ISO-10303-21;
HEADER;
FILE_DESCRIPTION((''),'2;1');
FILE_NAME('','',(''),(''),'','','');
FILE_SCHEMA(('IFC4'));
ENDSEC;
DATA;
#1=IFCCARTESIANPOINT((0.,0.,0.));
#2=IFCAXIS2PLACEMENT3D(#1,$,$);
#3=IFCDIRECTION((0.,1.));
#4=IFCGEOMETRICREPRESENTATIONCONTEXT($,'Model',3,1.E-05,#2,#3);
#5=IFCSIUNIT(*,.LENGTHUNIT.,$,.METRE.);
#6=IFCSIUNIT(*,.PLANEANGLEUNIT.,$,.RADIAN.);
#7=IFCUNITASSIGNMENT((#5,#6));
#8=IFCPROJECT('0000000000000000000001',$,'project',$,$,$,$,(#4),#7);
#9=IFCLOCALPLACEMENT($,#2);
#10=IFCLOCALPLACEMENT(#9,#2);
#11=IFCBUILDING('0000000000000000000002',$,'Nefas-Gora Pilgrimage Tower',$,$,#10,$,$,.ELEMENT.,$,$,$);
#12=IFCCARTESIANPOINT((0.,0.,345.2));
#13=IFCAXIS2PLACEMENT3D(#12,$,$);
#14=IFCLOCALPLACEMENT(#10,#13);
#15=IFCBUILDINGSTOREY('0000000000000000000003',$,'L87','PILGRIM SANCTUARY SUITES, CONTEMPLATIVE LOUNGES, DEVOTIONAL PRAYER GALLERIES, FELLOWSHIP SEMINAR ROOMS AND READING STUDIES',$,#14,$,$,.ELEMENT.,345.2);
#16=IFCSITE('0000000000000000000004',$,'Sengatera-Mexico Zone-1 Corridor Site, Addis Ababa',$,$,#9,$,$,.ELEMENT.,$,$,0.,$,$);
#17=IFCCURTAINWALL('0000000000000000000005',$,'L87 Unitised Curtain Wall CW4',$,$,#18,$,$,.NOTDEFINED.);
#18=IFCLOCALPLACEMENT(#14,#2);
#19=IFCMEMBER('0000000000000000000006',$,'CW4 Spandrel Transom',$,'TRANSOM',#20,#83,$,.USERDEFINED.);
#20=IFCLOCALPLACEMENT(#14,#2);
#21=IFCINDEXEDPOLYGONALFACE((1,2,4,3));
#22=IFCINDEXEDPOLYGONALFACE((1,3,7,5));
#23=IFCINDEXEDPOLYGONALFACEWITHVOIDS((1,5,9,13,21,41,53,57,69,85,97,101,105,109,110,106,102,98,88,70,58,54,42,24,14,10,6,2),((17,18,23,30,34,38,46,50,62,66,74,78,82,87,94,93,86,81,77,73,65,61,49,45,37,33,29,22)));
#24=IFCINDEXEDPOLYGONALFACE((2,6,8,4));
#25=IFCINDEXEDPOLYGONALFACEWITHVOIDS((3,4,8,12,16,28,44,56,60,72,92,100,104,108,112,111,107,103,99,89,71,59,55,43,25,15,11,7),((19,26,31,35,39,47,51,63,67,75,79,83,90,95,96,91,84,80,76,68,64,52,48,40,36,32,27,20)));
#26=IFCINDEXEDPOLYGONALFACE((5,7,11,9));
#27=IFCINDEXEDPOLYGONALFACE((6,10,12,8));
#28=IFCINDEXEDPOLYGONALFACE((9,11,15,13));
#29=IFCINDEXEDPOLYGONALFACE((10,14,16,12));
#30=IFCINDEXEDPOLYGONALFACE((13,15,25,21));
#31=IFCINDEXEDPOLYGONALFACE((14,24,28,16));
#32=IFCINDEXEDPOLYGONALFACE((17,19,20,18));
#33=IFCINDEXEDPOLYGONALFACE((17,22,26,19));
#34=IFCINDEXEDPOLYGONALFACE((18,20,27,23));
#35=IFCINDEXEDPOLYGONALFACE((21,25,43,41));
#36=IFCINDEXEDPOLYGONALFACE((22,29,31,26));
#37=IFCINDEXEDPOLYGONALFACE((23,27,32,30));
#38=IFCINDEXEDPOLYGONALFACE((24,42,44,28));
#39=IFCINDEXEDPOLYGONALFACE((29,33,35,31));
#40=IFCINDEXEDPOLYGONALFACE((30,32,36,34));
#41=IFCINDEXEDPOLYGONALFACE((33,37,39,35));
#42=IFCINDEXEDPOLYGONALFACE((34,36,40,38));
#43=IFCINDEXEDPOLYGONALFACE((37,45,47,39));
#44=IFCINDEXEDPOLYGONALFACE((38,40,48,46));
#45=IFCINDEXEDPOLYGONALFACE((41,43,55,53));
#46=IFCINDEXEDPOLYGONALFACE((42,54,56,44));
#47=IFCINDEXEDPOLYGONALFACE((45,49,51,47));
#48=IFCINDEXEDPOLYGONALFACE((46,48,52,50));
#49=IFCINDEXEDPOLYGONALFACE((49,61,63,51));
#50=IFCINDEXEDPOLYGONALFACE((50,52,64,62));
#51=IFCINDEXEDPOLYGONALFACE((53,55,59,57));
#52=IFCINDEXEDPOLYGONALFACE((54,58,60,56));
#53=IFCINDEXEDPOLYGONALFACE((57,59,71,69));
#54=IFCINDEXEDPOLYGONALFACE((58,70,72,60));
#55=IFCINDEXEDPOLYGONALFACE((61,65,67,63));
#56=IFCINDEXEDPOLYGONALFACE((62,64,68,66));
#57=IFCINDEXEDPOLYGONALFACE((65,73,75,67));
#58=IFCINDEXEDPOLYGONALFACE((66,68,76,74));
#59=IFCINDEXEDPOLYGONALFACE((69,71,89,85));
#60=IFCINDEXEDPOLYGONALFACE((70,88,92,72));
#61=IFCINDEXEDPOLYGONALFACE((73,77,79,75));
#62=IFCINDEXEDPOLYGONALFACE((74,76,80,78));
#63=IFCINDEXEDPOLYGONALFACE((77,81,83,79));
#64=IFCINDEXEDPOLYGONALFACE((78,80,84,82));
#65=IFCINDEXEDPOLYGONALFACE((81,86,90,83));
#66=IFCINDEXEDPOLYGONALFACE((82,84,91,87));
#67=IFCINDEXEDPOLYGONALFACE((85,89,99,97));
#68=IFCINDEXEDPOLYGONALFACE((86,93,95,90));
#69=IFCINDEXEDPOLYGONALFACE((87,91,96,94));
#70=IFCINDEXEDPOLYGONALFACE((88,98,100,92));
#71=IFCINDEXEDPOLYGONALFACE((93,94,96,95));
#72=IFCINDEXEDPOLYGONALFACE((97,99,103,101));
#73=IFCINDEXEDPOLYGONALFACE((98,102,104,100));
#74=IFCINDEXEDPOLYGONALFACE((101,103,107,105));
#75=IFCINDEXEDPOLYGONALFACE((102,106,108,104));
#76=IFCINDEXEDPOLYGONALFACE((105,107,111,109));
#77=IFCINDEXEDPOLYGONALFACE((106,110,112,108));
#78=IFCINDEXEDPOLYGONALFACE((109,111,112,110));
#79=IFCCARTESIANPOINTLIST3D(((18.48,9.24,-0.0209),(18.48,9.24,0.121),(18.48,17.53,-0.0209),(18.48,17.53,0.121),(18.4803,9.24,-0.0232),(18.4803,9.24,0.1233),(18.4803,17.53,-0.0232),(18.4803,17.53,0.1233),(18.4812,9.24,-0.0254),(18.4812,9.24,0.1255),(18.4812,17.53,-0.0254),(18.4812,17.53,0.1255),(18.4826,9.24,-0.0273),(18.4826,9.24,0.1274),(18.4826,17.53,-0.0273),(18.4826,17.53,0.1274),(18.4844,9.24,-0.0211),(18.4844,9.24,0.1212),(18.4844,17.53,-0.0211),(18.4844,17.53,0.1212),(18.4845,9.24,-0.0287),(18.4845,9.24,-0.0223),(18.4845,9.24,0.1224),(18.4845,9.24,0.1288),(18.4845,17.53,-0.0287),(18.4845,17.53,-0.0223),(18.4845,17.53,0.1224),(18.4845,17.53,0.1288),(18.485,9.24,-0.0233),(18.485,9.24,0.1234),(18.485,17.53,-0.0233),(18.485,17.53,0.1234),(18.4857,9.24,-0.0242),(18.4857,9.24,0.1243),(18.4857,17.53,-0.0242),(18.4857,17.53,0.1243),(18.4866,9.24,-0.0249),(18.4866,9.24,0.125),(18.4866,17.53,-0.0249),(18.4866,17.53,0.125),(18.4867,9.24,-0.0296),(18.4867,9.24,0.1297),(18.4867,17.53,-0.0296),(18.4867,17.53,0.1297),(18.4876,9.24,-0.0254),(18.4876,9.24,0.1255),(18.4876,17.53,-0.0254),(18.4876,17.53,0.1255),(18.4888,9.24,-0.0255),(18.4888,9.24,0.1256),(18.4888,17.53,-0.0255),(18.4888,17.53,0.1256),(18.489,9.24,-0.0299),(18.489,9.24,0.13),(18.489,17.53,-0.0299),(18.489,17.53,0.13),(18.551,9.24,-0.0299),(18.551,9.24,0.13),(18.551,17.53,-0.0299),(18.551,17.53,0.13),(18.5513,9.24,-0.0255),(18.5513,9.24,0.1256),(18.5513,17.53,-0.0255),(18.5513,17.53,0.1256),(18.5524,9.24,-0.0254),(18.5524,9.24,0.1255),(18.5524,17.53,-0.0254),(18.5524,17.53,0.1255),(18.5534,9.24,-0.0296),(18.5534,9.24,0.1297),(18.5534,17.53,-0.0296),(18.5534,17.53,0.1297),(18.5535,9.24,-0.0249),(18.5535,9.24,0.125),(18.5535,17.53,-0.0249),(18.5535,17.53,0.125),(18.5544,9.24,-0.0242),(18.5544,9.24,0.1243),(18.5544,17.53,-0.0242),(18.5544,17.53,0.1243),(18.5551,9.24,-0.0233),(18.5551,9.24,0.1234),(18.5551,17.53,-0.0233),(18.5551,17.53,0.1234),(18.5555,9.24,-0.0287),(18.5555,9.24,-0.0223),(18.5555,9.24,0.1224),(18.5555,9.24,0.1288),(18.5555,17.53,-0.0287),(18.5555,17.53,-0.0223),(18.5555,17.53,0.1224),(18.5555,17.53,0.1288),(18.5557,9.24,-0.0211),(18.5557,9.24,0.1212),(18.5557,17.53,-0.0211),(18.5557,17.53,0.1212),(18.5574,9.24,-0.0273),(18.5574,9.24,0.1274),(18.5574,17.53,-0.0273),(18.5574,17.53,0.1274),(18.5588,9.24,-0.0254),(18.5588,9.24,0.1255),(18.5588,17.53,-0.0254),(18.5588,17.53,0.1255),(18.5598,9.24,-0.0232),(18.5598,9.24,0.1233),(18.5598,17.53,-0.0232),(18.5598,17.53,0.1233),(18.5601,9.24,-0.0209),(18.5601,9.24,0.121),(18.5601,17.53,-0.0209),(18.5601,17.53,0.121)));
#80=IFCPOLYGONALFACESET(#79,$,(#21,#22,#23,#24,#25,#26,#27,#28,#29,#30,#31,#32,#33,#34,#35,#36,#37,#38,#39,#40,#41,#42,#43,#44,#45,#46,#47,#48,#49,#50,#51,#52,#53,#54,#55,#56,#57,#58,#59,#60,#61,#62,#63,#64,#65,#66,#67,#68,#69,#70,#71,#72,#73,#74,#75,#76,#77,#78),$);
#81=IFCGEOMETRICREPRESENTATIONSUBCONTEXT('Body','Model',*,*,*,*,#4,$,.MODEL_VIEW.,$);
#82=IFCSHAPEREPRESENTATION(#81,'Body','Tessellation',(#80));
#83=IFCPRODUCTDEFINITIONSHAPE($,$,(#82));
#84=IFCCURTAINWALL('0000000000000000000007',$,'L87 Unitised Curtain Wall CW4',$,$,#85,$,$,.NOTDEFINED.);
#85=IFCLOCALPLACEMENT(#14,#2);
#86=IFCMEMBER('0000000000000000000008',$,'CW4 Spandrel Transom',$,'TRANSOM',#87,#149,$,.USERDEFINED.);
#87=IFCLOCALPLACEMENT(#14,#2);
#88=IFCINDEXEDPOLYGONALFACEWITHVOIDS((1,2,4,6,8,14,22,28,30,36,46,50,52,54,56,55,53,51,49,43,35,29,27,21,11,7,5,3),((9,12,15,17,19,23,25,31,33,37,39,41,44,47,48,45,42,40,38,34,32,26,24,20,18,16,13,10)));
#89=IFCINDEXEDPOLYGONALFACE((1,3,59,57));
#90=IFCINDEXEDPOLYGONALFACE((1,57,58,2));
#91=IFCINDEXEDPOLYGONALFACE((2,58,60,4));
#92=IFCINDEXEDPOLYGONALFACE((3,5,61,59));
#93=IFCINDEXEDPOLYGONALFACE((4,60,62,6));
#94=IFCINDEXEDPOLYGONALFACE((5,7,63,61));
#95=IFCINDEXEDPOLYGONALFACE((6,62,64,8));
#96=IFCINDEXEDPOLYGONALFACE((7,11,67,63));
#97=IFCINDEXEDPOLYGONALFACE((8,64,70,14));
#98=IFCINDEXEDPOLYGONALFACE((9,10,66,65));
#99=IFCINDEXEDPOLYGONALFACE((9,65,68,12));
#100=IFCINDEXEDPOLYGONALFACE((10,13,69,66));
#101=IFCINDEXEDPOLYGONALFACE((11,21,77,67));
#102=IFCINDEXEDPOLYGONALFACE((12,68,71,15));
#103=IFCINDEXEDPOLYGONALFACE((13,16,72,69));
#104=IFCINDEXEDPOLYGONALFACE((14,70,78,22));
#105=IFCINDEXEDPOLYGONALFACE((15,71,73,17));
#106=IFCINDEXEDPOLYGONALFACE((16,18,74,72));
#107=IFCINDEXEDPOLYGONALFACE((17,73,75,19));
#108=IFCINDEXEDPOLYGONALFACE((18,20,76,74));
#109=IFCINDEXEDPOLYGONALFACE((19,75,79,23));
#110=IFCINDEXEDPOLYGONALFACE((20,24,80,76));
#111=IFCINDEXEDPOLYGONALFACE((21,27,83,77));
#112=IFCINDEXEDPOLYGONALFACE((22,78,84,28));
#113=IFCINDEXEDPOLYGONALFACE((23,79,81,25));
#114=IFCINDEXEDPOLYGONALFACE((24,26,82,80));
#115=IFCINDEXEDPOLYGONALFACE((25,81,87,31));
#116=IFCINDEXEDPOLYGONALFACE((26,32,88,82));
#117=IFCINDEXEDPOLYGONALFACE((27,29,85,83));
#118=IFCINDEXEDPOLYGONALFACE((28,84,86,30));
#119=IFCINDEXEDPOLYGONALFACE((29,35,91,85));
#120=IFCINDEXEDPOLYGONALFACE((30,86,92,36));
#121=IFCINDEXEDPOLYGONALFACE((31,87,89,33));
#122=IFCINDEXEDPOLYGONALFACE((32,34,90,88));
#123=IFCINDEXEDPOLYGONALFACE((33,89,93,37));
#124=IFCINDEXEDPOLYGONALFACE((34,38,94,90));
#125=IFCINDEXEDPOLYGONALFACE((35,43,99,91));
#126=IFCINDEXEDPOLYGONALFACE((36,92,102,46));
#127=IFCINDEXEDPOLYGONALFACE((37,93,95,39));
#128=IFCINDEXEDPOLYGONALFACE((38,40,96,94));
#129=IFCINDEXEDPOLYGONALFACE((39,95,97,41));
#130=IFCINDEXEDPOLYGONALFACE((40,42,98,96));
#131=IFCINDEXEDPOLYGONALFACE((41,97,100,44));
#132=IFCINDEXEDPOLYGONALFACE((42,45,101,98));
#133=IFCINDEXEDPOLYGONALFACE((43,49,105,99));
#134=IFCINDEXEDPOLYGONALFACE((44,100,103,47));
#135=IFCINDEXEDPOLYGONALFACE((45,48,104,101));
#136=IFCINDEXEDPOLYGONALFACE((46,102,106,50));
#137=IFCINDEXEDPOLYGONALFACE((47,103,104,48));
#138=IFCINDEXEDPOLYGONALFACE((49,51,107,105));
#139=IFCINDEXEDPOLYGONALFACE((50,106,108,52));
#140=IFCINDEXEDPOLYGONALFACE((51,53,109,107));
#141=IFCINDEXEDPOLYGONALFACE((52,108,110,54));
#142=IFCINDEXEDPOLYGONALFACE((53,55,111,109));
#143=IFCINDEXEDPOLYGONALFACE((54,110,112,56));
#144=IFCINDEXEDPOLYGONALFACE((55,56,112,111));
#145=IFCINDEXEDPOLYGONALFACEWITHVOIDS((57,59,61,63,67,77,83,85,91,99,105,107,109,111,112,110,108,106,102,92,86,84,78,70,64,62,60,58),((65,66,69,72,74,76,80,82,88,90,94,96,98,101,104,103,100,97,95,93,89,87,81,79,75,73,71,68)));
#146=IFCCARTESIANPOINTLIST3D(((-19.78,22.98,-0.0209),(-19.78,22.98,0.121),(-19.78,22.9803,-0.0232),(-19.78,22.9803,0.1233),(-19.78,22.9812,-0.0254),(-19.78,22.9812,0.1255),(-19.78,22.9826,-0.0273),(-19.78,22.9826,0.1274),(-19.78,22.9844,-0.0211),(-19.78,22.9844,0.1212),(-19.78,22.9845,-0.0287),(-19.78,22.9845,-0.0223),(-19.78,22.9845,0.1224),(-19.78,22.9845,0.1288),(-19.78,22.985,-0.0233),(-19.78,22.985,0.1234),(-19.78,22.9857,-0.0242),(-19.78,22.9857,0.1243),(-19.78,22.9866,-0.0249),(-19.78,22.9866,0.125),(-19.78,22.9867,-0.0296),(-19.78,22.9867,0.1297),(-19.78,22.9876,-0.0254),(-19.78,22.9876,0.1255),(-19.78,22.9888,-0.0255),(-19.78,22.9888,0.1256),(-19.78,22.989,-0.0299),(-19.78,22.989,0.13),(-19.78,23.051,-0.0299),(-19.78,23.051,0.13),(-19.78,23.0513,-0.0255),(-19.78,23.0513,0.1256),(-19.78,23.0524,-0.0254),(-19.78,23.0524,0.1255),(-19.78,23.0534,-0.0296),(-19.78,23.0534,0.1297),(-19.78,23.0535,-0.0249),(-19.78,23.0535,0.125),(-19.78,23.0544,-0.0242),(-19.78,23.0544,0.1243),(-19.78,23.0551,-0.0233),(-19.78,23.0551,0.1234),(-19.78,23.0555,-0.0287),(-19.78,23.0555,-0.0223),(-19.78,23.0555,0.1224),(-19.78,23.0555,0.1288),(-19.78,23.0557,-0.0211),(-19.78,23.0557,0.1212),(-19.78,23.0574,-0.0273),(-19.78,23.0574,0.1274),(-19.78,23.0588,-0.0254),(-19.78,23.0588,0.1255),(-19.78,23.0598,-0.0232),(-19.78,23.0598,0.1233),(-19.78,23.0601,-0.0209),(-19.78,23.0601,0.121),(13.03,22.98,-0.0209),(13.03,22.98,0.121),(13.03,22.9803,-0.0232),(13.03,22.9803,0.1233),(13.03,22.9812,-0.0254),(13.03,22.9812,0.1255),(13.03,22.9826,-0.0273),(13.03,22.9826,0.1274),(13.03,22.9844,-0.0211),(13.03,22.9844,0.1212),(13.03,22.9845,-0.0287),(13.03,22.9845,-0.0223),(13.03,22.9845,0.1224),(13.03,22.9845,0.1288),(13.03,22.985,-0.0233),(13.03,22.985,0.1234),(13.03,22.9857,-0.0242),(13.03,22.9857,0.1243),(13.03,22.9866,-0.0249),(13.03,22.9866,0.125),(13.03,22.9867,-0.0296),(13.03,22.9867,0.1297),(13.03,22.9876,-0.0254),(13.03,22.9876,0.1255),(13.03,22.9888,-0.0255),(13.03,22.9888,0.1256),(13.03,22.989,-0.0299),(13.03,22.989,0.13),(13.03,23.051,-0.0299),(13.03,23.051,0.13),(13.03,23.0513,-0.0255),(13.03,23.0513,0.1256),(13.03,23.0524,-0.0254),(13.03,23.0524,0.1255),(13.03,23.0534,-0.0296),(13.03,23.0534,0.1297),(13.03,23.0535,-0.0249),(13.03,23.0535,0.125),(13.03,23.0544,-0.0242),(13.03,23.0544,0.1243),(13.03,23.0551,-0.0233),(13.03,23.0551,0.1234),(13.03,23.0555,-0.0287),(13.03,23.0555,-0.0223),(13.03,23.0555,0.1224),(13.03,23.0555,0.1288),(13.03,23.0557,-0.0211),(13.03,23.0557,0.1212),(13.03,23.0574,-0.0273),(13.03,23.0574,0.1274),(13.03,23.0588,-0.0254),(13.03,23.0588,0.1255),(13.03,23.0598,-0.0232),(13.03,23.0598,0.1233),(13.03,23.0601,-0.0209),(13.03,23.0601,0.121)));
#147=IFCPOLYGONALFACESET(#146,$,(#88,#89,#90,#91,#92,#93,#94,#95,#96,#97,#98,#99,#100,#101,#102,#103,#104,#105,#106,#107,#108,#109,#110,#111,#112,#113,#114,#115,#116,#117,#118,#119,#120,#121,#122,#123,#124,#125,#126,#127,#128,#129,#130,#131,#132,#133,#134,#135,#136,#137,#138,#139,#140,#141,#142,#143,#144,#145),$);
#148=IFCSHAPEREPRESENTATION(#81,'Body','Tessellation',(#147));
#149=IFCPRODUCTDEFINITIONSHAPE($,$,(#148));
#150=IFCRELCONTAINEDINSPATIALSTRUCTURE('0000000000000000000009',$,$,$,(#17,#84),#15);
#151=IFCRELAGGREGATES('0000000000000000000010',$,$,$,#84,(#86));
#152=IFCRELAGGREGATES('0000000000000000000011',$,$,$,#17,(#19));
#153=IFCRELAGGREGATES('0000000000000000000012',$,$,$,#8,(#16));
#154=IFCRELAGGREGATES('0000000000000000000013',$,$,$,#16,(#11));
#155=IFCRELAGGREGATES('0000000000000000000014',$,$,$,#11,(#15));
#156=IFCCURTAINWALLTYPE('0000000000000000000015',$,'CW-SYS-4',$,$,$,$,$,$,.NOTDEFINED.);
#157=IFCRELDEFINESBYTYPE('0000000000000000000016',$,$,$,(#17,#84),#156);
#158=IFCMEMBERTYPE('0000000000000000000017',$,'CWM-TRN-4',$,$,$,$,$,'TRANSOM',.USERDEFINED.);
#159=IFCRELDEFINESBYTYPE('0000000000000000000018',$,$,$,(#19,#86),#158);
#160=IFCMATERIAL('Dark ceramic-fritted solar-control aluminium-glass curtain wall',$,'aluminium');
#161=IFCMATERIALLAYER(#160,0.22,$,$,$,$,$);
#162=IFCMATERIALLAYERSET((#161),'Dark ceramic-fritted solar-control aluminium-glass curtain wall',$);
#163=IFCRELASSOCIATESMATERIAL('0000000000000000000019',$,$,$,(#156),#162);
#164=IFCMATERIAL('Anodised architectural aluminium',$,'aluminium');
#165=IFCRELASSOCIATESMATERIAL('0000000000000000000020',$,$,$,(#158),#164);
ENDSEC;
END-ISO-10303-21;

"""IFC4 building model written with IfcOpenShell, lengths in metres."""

from ifc_helpers import new_model, si_unit, direction, frame, origin, origin_2d, place, context, subcontext, project, spatial, hollow_rectangle, extrude, source, transform, mapped, material, layer, layer_set, material_profile, profile_set, type_object, element, aggregate, save


model = new_model("IFC4")

# Units and contexts
model_context = context("Model", 3, precision=1e-05, world=origin(), true_north=direction((0.0, 1.0)))
body_context = subcontext(model_context, "Body", "Model", "MODEL_VIEW")
ifc_project = project(units=[si_unit("LENGTHUNIT", "METRE"), si_unit("PLANEANGLEUNIT", "RADIAN")], contexts=[model_context])

# Site, building, storey
site_placement = place(None, origin())
site = spatial("IfcSite", under=ifc_project, at=site_placement, Name="Sengatera-Mexico Zone-1 Corridor Site, Addis Ababa", CompositionType="ELEMENT", RefElevation=0.0)
building_placement = place(site_placement, origin())
building = spatial("IfcBuilding", under=site, at=building_placement, Name="Nefas-Gora Pilgrimage Tower", CompositionType="ELEMENT")
storey_placement = place(building_placement, frame((0.0, 0.0, 345.2)))
storey = spatial("IfcBuildingStorey", under=building, at=storey_placement, Name="L87", Description="PILGRIM SANCTUARY SUITES, CONTEMPLATIVE LOUNGES, DEVOTIONAL PRAYER GALLERIES, FELLOWSHIP SEMINAR ROOMS AND READING STUDIES", CompositionType="ELEMENT", Elevation=345.2)

# Curtain wall, member
ifc_material_1 = material(Name="Dark ceramic-fritted solar-control aluminium-glass curtain wall", Category="aluminium")
ifc_layer_1 = layer(ifc_material_1, 0.22)
ifc_layer_set_1 = layer_set([ifc_layer_1], Name="Dark ceramic-fritted solar-control aluminium-glass curtain wall")
curtain_wall_type = type_object("IfcCurtainWallType", Name="CW-SYS-4", PredefinedType="NOTDEFINED", material=ifc_layer_set_1)
curtain_wall_1_placement = place(storey_placement, origin())
curtain_wall_1 = element("IfcCurtainWall", 1, at=curtain_wall_1_placement, inside=storey, type_object=curtain_wall_type, Name="L87 Unitised Curtain Wall CW4", PredefinedType="NOTDEFINED")
ifc_material_2 = material(Name="Anodised architectural aluminium", Category="aluminium")
ifc_material_profile_1 = material_profile(ifc_material_2, hollow_rectangle(XDim=0.0801, YDim=0.1599, WallThickness=0.0044, InnerFilletRadius=0.0044, OuterFilletRadius=0.009, at=origin_2d()), Name="ALU TRANSOM 80x160")
ifc_profile_set_1 = profile_set([ifc_material_profile_1], Name="Anodised architectural aluminium")
member_type_1 = type_object("IfcMemberType", Name="CWM-TRN-4", ElementType="TRANSOM", PredefinedType="USERDEFINED", material=ifc_profile_set_1)
shared_shape_1 = source(origin(), body_context, "Body", "SweptSolid", [
    extrude(hollow_rectangle(XDim=0.0801, YDim=0.1599, WallThickness=0.0044, InnerFilletRadius=0.0044, OuterFilletRadius=0.009, at=origin_2d()), origin(), (0.0, 0.0, 1.0), 8.29),
])
member_1_placement = place(storey_placement, frame((18.52, 9.24, 0.05), z_axis=(0.0, 1.0, 0.0), x_axis=(-1.0, 0.0, 0.0)))
member_1 = element("IfcMember", 2, at=member_1_placement, type_object=member_type_1, Name="CW4 Spandrel Transom", ObjectType="TRANSOM", PredefinedType="USERDEFINED", context=body_context, shape_type="MappedRepresentation", body=[
    mapped(shared_shape_1, transform((0.0, 0.0, 0.0), x_axis=(1.0, 0.0, 0.0), y_axis=(0.0, 1.0, 0.0), z_axis=(0.0, 0.0, 1.0), scale=1.0)),
])

# Curtain wall, member
curtain_wall_2_placement = place(storey_placement, origin())
curtain_wall_2 = element("IfcCurtainWall", 3, at=curtain_wall_2_placement, inside=storey, type_object=curtain_wall_type, Name="L87 Unitised Curtain Wall CW4", PredefinedType="NOTDEFINED")
shared_shape_2 = source(origin(), body_context, "Body", "SweptSolid", [
    extrude(hollow_rectangle(XDim=0.0801, YDim=0.1599, WallThickness=0.0044, InnerFilletRadius=0.0044, OuterFilletRadius=0.009, at=origin_2d()), origin(), (0.0, 0.0, 1.0), 32.8101),
])
member_2_placement = place(storey_placement, frame((13.03, 23.02, 0.05), z_axis=(-1.0, 0.0, 0.0), x_axis=(0.0, -1.0, 0.0)))
member_2 = element("IfcMember", 4, at=member_2_placement, type_object=member_type_1, Name="CW4 Spandrel Transom", ObjectType="TRANSOM", PredefinedType="USERDEFINED", context=body_context, shape_type="MappedRepresentation", body=[
    mapped(shared_shape_2, transform((0.0, 0.0, 0.0), x_axis=(1.0, 0.0, 0.0), y_axis=(0.0, 1.0, 0.0), z_axis=(0.0, 0.0, 1.0), scale=1.0)),
])
aggregate(curtain_wall_2, [member_2])

aggregate(curtain_wall_1, [member_1])

save(model, "model.ifc")
